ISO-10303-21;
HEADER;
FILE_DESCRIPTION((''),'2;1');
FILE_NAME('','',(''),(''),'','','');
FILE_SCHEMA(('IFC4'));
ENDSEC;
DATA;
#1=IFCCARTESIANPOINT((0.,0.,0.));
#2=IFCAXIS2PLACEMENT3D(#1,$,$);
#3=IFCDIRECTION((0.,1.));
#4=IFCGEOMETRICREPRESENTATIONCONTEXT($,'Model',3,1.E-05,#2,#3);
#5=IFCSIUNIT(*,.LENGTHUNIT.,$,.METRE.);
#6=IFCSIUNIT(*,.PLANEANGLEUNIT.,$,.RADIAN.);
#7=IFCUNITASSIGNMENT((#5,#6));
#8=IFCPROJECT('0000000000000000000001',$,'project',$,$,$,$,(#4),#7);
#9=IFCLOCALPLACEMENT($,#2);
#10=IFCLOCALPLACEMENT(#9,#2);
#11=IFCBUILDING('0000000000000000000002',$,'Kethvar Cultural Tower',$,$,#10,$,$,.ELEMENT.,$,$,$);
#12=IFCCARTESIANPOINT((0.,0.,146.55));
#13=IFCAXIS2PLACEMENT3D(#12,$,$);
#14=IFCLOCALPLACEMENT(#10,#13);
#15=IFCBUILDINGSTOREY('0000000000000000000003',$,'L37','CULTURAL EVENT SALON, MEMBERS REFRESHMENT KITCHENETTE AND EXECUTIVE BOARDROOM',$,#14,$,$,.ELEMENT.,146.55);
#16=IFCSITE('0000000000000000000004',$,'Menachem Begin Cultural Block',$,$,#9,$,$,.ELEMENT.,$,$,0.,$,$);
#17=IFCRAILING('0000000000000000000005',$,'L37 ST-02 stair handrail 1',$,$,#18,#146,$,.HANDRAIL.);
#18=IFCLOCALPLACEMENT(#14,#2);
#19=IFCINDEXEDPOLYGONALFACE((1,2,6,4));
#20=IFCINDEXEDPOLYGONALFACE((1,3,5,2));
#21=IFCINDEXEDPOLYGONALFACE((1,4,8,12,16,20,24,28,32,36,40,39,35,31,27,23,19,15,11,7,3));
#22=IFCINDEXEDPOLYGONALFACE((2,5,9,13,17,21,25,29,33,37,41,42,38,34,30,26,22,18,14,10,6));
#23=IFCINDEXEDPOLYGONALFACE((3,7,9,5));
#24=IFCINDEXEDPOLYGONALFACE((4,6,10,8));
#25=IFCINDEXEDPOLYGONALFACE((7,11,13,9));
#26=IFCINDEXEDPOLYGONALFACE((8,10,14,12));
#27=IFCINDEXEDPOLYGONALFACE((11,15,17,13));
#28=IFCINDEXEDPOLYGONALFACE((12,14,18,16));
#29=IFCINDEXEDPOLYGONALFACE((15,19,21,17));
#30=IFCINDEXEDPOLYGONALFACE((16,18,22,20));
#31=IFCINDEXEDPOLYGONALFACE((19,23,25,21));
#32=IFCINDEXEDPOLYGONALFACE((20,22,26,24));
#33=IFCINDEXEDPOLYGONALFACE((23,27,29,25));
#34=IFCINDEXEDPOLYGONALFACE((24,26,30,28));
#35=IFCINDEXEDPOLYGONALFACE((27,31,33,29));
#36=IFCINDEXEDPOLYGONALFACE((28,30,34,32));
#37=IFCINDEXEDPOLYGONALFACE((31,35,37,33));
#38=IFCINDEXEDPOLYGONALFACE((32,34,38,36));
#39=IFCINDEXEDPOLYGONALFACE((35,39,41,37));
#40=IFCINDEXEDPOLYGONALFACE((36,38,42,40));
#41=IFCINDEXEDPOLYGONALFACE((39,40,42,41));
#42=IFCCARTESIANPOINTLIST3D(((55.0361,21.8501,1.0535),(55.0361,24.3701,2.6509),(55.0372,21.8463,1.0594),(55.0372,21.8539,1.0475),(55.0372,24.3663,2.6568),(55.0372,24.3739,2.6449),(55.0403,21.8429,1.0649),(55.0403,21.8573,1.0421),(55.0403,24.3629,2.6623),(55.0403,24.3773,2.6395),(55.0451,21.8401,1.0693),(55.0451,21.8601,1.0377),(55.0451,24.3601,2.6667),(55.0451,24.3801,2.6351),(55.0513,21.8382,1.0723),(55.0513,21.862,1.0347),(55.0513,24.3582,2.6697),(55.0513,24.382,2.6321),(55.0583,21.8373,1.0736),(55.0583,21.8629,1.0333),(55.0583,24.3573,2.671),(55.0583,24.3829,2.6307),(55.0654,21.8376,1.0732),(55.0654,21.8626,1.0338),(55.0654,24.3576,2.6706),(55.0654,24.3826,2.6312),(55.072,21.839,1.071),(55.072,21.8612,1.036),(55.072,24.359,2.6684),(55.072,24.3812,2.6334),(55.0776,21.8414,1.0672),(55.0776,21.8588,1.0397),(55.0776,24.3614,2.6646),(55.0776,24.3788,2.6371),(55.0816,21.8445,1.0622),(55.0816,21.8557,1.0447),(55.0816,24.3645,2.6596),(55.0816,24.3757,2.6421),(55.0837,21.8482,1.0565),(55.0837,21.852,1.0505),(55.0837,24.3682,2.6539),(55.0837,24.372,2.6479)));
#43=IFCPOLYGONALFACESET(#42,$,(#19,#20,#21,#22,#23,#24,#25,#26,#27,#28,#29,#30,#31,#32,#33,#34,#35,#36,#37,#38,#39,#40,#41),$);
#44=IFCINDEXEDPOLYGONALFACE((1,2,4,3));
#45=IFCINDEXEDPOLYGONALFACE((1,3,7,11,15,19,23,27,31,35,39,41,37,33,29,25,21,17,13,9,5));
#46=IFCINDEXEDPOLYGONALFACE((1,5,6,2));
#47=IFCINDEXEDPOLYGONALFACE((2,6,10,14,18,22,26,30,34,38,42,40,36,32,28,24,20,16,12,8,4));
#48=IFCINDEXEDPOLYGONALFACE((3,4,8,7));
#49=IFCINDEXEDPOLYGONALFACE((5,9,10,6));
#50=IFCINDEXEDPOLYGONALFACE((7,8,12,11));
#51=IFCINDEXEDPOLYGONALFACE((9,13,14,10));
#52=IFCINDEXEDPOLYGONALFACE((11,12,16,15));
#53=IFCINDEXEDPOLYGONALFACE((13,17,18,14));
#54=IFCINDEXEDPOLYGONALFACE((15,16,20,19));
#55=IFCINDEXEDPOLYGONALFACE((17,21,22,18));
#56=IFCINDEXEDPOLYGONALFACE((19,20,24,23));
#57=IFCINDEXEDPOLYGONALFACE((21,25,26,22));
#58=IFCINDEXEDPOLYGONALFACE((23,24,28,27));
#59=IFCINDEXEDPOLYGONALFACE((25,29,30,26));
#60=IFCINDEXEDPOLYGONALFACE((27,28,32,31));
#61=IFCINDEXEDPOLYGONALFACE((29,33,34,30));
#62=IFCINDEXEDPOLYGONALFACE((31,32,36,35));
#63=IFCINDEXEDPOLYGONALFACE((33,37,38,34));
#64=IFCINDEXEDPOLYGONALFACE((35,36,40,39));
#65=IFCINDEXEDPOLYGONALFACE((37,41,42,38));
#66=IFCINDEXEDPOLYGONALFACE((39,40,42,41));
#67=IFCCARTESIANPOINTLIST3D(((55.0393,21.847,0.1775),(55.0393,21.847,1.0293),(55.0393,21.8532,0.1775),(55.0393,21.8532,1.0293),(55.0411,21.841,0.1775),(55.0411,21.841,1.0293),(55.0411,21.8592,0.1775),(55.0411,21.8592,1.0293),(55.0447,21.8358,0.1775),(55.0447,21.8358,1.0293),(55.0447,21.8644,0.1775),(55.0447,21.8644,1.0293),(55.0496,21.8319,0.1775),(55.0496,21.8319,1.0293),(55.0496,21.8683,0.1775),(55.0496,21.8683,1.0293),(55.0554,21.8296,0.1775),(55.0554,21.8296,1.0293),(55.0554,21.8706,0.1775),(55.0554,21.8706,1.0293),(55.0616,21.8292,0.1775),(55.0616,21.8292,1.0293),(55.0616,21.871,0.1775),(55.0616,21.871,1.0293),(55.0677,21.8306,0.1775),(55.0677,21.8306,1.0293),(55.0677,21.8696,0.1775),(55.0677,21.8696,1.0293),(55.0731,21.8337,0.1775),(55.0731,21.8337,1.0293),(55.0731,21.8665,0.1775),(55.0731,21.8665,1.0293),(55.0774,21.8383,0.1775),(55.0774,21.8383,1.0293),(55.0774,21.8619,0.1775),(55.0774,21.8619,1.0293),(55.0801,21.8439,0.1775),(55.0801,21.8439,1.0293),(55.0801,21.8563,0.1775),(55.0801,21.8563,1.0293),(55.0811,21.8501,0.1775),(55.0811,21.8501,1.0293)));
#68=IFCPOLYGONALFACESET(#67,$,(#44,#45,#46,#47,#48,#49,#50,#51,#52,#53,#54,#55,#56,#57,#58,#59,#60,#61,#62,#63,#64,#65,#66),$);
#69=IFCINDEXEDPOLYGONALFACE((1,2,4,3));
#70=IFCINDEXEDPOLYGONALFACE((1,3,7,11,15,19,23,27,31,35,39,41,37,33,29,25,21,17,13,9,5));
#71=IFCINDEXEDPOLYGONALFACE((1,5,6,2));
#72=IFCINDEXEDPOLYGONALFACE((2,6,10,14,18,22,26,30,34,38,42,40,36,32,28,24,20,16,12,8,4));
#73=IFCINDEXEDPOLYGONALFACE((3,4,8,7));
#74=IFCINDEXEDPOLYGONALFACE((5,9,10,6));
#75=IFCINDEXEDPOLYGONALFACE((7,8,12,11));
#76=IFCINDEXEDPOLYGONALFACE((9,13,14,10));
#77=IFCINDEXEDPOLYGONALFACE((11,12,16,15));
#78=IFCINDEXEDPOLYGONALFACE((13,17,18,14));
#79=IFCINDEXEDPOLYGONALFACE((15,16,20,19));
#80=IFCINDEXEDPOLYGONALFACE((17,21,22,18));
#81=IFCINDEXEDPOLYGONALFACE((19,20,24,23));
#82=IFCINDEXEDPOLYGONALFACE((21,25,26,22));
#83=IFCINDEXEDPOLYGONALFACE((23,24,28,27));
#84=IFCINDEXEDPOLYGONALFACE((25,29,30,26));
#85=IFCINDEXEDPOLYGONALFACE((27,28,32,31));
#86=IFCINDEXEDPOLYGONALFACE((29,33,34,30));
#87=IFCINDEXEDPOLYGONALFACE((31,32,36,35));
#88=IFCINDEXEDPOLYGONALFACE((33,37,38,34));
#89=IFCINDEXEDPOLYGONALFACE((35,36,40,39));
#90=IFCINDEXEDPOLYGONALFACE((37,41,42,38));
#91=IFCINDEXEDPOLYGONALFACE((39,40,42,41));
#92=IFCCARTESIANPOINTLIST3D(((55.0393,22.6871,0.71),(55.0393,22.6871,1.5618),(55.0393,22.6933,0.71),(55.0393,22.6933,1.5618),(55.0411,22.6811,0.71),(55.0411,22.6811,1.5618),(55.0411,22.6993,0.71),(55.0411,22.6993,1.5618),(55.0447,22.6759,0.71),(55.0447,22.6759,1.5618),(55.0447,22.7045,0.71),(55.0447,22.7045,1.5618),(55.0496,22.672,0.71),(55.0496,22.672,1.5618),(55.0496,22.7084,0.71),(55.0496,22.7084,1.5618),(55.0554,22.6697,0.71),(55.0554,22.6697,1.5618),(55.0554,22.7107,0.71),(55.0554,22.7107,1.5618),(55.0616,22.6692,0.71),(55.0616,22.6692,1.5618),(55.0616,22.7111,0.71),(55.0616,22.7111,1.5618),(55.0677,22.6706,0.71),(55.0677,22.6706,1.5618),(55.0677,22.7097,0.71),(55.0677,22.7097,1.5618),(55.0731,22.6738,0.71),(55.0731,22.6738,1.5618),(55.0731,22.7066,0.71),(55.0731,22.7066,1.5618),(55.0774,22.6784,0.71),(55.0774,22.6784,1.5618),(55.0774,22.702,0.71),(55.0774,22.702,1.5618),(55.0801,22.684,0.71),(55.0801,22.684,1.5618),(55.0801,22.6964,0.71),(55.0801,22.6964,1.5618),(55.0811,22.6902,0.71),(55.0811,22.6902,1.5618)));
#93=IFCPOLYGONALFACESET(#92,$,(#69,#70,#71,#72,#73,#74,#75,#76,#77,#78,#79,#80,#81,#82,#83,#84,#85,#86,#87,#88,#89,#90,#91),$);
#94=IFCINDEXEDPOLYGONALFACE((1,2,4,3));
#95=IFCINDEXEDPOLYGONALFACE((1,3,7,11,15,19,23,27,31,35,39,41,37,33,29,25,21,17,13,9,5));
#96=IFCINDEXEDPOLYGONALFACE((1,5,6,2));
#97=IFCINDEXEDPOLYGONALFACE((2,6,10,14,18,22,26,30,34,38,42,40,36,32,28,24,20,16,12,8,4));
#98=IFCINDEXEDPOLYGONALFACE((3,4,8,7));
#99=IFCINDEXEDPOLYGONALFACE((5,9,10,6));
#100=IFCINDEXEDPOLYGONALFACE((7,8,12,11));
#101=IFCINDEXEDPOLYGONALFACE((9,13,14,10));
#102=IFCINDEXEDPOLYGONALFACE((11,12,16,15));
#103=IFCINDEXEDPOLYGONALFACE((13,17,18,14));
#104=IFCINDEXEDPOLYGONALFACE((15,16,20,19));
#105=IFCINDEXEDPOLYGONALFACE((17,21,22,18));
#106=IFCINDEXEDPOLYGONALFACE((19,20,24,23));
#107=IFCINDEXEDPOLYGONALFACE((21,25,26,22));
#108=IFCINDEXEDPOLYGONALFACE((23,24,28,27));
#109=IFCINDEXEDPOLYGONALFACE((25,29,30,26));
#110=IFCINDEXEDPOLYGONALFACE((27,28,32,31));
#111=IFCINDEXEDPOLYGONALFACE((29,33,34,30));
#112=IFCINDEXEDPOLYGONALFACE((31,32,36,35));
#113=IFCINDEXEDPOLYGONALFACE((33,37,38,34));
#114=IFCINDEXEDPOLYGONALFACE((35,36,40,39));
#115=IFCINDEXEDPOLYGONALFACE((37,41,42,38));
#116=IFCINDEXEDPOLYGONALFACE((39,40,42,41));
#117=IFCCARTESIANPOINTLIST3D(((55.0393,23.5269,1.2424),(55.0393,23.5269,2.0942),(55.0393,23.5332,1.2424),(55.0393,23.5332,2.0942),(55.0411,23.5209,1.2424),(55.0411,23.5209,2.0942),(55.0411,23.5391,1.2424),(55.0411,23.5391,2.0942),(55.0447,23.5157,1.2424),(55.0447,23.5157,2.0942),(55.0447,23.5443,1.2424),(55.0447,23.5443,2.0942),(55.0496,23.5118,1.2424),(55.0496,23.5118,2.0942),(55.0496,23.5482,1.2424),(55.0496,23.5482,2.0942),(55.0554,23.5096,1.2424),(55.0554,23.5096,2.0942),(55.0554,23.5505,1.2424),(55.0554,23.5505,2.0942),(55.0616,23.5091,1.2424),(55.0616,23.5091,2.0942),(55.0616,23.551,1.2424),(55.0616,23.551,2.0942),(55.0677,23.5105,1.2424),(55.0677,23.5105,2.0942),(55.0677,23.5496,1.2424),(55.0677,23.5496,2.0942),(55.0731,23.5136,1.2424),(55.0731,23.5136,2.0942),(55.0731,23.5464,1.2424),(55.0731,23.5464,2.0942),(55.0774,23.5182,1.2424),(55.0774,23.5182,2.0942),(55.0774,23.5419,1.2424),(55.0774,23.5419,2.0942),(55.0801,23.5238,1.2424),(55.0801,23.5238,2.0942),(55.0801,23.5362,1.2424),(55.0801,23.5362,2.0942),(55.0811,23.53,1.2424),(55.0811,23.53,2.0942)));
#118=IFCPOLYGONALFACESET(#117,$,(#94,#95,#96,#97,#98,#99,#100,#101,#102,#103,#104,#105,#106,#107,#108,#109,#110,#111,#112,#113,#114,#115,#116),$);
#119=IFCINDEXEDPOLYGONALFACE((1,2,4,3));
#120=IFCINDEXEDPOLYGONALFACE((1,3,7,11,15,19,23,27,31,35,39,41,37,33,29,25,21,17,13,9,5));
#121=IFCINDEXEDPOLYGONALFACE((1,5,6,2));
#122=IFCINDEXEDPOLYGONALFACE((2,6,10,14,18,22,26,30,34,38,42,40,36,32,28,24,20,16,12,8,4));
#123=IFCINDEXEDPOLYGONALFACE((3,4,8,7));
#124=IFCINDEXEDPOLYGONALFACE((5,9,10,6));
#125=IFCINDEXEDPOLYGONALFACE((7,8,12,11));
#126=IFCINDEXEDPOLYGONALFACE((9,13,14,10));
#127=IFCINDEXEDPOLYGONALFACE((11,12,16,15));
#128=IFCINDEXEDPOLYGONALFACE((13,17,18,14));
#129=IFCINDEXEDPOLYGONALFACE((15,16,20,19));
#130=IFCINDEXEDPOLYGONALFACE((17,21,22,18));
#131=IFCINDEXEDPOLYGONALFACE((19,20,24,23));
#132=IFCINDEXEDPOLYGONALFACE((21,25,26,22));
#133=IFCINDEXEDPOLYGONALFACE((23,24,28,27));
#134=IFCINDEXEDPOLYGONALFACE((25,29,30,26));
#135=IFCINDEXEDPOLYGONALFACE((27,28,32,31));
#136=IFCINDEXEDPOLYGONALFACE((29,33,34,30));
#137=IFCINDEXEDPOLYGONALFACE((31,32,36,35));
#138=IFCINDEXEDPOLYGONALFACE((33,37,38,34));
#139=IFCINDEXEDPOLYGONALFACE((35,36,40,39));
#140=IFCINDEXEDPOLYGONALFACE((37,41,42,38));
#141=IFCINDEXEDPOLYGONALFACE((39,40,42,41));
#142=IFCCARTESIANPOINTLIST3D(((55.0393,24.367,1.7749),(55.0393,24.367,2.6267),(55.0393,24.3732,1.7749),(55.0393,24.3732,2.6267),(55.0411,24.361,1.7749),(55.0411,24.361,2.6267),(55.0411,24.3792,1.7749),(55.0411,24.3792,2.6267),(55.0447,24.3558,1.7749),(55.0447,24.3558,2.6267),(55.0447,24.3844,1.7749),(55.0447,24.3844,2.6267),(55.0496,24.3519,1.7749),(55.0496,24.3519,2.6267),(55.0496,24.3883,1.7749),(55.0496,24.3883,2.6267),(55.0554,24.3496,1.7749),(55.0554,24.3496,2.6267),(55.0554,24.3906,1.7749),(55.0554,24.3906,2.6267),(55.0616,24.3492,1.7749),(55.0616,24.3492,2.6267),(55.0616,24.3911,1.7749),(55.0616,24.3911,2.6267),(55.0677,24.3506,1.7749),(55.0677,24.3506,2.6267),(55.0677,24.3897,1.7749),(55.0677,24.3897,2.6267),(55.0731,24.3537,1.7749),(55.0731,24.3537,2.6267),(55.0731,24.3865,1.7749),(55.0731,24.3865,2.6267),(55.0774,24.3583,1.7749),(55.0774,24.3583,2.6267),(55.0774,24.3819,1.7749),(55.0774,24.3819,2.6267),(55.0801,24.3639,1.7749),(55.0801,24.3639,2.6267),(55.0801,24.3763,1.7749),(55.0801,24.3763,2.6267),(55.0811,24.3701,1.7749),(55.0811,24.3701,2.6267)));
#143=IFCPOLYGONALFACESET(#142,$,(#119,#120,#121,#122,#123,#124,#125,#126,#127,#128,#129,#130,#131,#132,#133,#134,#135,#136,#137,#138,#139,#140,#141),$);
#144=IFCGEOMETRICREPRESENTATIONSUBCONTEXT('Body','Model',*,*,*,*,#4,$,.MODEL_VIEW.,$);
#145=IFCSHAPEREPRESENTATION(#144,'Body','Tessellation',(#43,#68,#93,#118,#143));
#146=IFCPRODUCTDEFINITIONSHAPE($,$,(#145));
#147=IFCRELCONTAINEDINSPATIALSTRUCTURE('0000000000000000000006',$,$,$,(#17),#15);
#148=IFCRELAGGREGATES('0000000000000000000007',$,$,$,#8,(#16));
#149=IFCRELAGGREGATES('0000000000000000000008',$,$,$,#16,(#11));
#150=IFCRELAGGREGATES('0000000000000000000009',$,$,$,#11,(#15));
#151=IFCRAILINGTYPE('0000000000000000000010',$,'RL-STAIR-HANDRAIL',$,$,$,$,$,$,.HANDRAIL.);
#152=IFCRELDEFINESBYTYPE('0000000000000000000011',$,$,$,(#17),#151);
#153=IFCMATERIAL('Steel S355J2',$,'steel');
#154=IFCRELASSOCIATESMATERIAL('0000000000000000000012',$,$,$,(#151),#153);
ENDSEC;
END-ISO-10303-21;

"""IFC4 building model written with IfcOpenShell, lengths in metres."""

from ifc_helpers import new_model, si_unit, direction, frame, origin, origin_2d, place, context, subcontext, project, spatial, circle, extrude, material, type_object, element, save


model = new_model("IFC4")

# Units and contexts
model_context = context("Model", 3, precision=1e-05, world=origin(), true_north=direction((0.0, 1.0)))
body_context = subcontext(model_context, "Body", "Model", "MODEL_VIEW")
ifc_project = project(units=[si_unit("LENGTHUNIT", "METRE"), si_unit("PLANEANGLEUNIT", "RADIAN")], contexts=[model_context])

# Site, building, storey
site_placement = place(None, origin())
site = spatial("IfcSite", under=ifc_project, at=site_placement, Name="Menachem Begin Cultural Block", CompositionType="ELEMENT", RefElevation=0.0)
building_placement = place(site_placement, origin())
building = spatial("IfcBuilding", under=site, at=building_placement, Name="Kethvar Cultural Tower", CompositionType="ELEMENT")
storey_placement = place(building_placement, frame((0.0, 0.0, 146.55)))
storey = spatial("IfcBuildingStorey", under=building, at=storey_placement, Name="L37", Description="CULTURAL EVENT SALON, MEMBERS REFRESHMENT KITCHENETTE AND EXECUTIVE BOARDROOM", CompositionType="ELEMENT", Elevation=146.55)

# Shared definitions
ifc_material_1 = material(Name="Steel S355J2", Category="steel")

# Railing
railing_type_1 = type_object("IfcRailingType", Name="RL-STAIR-HANDRAIL", PredefinedType="HANDRAIL", material=ifc_material_1)
railing_1_placement = place(storey_placement, frame((55.0601, 21.8501, 0.1775)))
element("IfcRailing", 1, at=railing_1_placement, inside=storey, type_object=railing_type_1, Name="L37 ST-02 stair handrail 1", PredefinedType="HANDRAIL", context=body_context, shape_type="SweptSolid", body=[
    extrude(circle(Radius=0.0239, at=origin_2d()), frame((0.0, 0.0, 0.876), z_axis=(0.0, 0.844607, 0.535387), x_axis=(-1.0, 0.0, 0.0)), (0.0, 0.0, 1.0), 2.9836),
    extrude(circle(Radius=0.021, at=origin_2d()), origin(), (0.0, 0.0, 1.0), 0.8518),
    extrude(circle(Radius=0.021, at=origin_2d()), frame((0.0, 0.8401, 0.5325)), (0.0, 0.0, 1.0), 0.8518),
    extrude(circle(Radius=0.021, at=origin_2d()), frame((0.0, 1.6799, 1.0649)), (0.0, 0.0, 1.0), 0.8518),
    extrude(circle(Radius=0.021, at=origin_2d()), frame((0.0, 2.52, 1.5974)), (0.0, 0.0, 1.0), 0.8518),
])

save(model, "model.ifc")
